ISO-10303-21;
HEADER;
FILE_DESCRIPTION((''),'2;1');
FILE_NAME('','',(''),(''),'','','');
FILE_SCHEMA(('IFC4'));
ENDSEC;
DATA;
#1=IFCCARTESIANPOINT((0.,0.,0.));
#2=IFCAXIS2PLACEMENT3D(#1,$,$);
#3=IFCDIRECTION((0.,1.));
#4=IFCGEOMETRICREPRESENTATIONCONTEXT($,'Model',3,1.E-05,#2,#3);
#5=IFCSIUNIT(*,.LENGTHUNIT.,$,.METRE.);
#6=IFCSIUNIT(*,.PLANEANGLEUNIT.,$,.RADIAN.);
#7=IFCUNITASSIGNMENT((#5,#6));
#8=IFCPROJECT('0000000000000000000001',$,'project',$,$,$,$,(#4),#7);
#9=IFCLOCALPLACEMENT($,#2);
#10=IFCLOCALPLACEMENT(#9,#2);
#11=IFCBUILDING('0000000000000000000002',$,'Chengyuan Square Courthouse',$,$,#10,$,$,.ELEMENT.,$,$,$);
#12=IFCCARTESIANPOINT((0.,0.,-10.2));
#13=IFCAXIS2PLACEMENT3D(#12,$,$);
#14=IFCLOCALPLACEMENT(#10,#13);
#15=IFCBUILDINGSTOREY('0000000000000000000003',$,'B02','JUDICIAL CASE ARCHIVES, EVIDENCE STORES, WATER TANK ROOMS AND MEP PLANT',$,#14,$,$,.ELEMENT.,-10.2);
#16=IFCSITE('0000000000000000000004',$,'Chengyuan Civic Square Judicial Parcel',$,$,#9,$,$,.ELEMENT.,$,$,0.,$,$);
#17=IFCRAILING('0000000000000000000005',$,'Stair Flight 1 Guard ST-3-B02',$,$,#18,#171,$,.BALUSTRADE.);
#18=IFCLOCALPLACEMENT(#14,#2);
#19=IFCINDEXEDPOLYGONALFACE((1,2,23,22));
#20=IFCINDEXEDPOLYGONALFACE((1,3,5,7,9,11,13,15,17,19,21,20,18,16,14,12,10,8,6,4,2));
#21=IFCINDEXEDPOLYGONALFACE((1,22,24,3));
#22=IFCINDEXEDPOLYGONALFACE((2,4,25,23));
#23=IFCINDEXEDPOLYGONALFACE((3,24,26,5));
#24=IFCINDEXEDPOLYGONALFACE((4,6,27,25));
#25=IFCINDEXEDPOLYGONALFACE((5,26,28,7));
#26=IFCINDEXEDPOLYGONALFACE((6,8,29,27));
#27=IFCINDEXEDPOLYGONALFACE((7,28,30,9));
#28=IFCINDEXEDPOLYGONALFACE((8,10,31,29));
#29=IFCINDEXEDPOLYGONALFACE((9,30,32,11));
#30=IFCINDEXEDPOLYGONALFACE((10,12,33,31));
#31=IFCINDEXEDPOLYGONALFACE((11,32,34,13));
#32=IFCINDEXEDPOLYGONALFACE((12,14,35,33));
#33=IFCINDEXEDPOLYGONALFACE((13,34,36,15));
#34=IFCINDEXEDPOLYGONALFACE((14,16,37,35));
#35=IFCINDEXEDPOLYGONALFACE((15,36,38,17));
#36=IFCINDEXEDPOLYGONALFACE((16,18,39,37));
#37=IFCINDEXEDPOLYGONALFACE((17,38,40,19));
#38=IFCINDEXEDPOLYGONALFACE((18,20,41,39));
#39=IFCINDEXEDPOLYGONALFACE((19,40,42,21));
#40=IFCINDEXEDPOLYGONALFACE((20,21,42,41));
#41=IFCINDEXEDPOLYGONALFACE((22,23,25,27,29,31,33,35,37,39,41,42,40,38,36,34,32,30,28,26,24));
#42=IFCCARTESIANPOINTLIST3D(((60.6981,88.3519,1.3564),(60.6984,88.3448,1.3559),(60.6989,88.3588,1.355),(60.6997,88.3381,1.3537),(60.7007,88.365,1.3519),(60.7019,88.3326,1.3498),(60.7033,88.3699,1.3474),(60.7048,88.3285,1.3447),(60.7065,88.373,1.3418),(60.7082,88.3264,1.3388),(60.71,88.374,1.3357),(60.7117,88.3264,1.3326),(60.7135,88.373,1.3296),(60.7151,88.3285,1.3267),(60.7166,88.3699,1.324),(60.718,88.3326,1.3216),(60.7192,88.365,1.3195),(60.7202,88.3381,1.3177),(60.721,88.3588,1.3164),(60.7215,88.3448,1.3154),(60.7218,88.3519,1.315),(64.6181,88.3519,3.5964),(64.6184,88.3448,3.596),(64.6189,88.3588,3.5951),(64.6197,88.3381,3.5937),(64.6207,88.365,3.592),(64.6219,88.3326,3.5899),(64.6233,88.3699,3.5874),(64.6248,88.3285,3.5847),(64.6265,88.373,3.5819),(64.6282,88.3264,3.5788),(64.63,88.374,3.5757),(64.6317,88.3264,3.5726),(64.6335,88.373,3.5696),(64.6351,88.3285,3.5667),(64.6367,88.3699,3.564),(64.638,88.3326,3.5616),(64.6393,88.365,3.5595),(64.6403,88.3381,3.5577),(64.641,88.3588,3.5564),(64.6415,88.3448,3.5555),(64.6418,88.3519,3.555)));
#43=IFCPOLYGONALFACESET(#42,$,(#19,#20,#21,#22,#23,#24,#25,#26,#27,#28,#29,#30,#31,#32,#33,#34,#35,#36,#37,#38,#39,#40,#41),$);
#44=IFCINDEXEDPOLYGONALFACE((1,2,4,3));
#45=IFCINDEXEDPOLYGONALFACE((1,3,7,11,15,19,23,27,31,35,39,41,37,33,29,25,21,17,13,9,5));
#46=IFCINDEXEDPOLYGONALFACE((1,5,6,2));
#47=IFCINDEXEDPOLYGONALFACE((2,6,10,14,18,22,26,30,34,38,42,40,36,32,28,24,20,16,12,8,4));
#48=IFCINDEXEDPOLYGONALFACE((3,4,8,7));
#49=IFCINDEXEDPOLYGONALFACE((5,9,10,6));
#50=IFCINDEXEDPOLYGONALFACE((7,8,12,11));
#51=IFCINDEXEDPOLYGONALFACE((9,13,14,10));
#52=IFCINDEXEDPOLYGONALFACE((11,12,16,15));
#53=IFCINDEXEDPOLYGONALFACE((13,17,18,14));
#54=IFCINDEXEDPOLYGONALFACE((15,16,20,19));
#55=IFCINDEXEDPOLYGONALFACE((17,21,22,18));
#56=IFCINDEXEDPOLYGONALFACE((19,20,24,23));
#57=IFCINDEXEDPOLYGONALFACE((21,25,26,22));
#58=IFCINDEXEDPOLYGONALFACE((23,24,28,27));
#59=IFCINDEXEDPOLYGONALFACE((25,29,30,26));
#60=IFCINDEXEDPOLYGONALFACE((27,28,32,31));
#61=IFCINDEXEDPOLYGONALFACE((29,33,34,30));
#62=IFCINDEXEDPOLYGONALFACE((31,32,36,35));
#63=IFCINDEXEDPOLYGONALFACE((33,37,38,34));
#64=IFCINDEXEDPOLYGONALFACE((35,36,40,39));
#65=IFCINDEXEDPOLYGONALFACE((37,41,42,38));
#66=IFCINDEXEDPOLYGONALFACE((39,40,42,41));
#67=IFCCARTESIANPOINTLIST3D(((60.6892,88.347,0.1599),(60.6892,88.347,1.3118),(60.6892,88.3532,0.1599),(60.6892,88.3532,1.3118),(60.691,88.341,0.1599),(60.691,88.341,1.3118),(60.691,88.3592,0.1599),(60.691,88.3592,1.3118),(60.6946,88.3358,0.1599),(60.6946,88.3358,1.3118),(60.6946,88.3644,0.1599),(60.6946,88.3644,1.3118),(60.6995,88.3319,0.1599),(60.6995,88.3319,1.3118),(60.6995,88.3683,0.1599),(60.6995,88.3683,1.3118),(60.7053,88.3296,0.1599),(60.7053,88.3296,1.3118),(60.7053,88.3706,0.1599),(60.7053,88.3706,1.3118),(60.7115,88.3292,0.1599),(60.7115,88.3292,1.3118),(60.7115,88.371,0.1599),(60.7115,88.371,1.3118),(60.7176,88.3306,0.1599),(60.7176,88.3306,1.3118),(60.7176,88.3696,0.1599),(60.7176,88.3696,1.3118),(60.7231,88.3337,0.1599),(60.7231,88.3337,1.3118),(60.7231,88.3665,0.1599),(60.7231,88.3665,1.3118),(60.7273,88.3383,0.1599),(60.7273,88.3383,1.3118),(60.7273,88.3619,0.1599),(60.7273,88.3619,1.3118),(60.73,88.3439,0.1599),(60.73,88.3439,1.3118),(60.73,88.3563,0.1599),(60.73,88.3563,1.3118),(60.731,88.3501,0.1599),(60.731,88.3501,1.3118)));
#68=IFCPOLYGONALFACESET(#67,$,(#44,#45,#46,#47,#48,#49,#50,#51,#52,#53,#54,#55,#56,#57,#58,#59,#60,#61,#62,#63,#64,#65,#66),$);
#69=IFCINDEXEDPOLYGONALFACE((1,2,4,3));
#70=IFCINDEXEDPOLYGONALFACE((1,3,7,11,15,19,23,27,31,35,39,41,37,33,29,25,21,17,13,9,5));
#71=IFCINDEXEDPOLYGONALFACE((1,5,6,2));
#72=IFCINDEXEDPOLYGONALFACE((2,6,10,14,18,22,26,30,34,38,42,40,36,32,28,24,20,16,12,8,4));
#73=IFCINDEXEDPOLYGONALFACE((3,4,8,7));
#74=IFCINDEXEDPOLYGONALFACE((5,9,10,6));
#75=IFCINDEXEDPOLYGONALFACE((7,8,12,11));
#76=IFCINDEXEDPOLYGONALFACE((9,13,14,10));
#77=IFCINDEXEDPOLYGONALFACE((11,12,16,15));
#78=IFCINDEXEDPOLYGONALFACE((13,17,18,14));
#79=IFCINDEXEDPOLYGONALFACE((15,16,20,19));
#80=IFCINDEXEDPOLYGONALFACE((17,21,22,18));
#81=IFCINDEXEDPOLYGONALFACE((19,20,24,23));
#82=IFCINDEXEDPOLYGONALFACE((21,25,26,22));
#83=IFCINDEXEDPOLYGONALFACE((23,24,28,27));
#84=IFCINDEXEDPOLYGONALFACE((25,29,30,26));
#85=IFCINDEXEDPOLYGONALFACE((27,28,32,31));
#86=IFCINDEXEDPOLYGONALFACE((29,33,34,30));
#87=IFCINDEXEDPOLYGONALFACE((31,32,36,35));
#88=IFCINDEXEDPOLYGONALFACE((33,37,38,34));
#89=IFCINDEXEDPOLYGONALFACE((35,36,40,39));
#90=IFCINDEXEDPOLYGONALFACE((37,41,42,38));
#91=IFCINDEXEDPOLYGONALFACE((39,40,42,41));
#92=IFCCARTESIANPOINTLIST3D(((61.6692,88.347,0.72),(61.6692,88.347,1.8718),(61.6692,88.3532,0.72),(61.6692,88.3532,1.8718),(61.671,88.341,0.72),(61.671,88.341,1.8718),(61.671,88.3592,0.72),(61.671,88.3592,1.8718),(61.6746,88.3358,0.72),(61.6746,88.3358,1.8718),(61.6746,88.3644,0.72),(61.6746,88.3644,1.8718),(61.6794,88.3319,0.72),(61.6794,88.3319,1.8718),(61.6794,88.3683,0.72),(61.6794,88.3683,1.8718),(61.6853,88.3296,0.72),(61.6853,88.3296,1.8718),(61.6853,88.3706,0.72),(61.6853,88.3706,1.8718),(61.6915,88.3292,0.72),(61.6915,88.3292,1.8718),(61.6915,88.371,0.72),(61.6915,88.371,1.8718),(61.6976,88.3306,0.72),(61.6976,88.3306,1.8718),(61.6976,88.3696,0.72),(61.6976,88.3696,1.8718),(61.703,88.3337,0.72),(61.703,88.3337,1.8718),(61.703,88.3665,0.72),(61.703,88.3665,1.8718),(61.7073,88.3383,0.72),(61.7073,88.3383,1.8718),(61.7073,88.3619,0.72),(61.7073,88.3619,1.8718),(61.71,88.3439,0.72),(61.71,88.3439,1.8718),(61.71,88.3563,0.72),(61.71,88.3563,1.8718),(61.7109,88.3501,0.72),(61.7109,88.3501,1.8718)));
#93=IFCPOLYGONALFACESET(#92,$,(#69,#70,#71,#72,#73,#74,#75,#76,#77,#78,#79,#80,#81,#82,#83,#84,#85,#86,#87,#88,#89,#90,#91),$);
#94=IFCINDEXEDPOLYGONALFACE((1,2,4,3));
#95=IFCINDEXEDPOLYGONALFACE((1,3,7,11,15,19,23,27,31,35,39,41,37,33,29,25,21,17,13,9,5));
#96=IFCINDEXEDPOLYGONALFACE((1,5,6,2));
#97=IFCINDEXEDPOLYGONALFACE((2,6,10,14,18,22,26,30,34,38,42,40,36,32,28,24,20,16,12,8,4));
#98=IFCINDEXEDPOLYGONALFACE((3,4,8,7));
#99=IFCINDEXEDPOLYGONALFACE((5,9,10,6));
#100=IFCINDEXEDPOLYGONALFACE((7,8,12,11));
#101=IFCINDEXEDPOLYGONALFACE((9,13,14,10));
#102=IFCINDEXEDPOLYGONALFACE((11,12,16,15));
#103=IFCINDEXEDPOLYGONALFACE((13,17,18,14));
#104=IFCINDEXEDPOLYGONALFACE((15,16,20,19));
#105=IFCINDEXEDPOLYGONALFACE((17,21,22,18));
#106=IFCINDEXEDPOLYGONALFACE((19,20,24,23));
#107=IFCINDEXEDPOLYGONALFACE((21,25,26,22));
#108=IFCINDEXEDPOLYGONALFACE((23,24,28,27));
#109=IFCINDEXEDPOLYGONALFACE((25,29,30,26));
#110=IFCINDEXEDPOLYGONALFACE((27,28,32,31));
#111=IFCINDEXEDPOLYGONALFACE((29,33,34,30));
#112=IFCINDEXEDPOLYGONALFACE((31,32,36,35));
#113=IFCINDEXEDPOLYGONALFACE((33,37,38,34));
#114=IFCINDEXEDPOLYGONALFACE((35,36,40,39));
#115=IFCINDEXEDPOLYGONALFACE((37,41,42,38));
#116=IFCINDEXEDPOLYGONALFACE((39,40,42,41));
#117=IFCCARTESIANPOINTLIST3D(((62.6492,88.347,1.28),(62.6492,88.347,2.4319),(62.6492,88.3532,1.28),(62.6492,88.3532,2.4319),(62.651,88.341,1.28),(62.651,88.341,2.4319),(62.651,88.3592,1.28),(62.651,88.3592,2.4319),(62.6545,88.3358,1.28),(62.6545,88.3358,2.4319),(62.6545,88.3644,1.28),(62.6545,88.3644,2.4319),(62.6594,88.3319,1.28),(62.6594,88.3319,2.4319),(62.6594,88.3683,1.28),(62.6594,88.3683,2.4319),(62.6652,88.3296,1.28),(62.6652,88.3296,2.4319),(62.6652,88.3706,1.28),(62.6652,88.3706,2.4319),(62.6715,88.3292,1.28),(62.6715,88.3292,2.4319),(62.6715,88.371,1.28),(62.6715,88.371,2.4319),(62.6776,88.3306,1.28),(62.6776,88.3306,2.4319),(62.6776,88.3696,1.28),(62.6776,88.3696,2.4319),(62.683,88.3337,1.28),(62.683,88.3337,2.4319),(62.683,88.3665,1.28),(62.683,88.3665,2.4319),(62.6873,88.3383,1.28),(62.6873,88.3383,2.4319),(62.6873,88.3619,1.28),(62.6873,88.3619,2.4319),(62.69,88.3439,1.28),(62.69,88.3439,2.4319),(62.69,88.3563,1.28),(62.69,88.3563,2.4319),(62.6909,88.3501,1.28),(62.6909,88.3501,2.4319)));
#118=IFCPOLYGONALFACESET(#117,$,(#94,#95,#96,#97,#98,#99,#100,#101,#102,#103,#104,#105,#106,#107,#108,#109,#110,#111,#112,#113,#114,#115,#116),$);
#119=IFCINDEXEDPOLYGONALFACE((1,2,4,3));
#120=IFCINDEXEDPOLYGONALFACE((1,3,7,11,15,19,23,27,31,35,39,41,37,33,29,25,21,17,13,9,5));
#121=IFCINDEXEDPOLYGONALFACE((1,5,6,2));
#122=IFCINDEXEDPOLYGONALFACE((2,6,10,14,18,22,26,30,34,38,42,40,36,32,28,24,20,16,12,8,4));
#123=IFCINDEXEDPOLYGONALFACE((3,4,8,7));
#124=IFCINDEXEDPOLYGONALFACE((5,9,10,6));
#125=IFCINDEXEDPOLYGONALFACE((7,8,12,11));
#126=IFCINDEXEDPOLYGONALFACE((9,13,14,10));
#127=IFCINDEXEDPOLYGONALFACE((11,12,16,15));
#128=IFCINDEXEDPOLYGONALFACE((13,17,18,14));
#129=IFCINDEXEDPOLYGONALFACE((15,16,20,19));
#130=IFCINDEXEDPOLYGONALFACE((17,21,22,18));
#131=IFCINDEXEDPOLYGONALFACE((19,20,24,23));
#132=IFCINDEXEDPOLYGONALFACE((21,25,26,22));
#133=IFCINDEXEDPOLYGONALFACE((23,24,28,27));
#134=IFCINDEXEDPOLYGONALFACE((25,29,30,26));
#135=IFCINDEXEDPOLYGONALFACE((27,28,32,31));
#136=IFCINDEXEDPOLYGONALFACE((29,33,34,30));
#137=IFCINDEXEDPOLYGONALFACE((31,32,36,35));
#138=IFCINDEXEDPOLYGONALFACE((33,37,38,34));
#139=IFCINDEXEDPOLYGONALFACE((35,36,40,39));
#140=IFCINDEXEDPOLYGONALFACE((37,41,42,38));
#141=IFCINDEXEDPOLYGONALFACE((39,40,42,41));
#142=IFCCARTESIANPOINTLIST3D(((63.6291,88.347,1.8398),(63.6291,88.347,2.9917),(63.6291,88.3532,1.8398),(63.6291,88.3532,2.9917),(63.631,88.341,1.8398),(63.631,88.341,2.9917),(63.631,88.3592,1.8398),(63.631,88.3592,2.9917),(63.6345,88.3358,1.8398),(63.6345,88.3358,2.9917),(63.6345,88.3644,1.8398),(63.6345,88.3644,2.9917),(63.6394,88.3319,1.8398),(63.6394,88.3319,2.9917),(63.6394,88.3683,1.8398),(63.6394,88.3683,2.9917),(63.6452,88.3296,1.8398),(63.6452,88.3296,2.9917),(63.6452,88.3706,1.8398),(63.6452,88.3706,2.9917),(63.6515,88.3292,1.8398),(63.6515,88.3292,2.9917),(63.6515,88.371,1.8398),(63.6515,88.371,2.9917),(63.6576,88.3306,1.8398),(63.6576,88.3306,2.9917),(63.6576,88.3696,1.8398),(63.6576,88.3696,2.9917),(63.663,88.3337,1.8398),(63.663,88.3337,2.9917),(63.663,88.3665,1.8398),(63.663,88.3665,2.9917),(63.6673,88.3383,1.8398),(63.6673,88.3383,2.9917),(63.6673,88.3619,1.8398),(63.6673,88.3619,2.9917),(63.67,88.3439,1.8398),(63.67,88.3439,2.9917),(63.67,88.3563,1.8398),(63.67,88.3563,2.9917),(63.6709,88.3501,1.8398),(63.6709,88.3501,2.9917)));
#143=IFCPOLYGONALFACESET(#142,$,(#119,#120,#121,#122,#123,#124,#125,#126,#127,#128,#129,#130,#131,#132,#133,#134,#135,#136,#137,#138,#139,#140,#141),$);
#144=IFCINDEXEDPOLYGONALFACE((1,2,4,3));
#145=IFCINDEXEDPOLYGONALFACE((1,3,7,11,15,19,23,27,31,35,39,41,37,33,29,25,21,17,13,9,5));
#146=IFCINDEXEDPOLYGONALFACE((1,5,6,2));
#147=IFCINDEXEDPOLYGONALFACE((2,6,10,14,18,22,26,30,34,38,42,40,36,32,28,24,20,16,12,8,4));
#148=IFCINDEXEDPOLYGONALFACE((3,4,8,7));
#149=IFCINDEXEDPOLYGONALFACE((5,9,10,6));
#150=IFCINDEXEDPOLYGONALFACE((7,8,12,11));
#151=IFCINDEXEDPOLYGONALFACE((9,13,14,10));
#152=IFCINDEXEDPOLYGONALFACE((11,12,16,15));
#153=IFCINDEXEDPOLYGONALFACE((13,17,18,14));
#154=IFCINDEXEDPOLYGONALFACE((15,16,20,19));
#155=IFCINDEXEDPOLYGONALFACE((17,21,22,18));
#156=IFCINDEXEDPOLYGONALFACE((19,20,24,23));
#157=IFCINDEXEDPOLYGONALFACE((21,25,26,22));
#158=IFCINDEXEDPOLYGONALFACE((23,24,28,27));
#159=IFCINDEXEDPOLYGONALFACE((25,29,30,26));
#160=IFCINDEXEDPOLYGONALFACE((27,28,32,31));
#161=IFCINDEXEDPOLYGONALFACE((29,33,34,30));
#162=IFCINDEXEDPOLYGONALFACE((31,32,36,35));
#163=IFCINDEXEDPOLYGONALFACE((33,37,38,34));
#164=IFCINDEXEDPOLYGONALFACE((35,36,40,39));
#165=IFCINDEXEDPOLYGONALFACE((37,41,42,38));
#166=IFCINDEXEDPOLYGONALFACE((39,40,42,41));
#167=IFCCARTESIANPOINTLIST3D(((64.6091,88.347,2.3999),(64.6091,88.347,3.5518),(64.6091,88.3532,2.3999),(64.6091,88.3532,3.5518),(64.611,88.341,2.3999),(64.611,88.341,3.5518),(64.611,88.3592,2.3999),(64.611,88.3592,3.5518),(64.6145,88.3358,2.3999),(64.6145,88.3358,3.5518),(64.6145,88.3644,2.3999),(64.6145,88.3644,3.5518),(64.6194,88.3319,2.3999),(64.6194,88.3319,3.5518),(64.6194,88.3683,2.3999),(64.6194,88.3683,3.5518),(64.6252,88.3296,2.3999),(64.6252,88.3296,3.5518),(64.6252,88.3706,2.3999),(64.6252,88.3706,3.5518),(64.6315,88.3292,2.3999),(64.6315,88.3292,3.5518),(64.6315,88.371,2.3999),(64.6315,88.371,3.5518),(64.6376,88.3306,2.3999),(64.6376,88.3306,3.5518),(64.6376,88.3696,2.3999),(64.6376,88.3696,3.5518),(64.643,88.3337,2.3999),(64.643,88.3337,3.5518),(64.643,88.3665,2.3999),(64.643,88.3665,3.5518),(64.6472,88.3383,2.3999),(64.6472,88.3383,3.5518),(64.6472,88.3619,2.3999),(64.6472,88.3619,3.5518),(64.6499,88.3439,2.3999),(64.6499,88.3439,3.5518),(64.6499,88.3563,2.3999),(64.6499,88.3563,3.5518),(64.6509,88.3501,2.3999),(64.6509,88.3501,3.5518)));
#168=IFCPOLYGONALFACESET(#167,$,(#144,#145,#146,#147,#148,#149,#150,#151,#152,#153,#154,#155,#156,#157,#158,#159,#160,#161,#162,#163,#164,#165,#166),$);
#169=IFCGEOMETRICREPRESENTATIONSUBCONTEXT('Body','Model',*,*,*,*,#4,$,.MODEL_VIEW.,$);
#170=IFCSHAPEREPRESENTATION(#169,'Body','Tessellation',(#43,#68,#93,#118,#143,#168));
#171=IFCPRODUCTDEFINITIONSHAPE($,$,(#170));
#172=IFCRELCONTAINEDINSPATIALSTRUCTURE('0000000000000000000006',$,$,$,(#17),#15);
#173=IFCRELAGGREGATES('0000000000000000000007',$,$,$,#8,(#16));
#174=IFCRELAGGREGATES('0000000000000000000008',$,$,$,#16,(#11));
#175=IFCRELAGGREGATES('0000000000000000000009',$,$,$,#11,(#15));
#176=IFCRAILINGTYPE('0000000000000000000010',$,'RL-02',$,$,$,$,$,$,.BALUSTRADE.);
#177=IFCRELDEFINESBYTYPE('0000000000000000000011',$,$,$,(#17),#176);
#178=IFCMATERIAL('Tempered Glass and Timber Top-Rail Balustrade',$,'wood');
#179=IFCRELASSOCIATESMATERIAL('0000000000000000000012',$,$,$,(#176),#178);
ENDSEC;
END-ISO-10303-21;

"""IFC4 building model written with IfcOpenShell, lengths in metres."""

from ifc_helpers import new_model, si_unit, direction, frame, origin, origin_2d, place, context, subcontext, project, spatial, circle, extrude, material, type_object, element, save


model = new_model("IFC4")

# Units and contexts
model_context = context("Model", 3, precision=1e-05, world=origin(), true_north=direction((0.0, 1.0)))
body_context = subcontext(model_context, "Body", "Model", "MODEL_VIEW")
ifc_project = project(units=[si_unit("LENGTHUNIT", "METRE"), si_unit("PLANEANGLEUNIT", "RADIAN")], contexts=[model_context])

# Site, building, storey
site_placement = place(None, origin())
site = spatial("IfcSite", under=ifc_project, at=site_placement, Name="Chengyuan Civic Square Judicial Parcel", CompositionType="ELEMENT", RefElevation=0.0)
building_placement = place(site_placement, origin())
building = spatial("IfcBuilding", under=site, at=building_placement, Name="Chengyuan Square Courthouse", CompositionType="ELEMENT")
storey_placement = place(building_placement, frame((0.0, 0.0, -10.2)))
storey = spatial("IfcBuildingStorey", under=building, at=storey_placement, Name="B02", Description="JUDICIAL CASE ARCHIVES, EVIDENCE STORES, WATER TANK ROOMS AND MEP PLANT", CompositionType="ELEMENT", Elevation=-10.2)

# Railing
ifc_material_1 = material(Name="Tempered Glass and Timber Top-Rail Balustrade", Category="wood")
railing_type_1 = type_object("IfcRailingType", Name="RL-02", PredefinedType="BALUSTRADE", material=ifc_material_1)
railing_1_placement = place(storey_placement, frame((60.71, 88.3501, 0.1599)))
element("IfcRailing", 1, at=railing_1_placement, inside=storey, type_object=railing_type_1, Name="Stair Flight 1 Guard ST-3-B02", PredefinedType="BALUSTRADE", context=body_context, shape_type="SweptSolid", body=[
    extrude(circle(Radius=0.0239, at=origin_2d()), frame((0.0, 0.0, 1.1758), z_axis=(0.86824, 0.0, 0.496145), x_axis=(0.0, 1.0, 0.0)), (0.0, 0.0, 1.0), 4.5149),
    extrude(circle(Radius=0.021, at=origin_2d()), origin(), (0.0, 0.0, 1.0), 1.1519),
    extrude(circle(Radius=0.021, at=origin_2d()), frame((0.98, 0.0, 0.5601)), (0.0, 0.0, 1.0), 1.1519),
    extrude(circle(Radius=0.021, at=origin_2d()), frame((1.96, 0.0, 1.1201)), (0.0, 0.0, 1.0), 1.1519),
    extrude(circle(Radius=0.021, at=origin_2d()), frame((2.9399, 0.0, 1.6799)), (0.0, 0.0, 1.0), 1.1519),
    extrude(circle(Radius=0.021, at=origin_2d()), frame((3.9199, 0.0, 2.24)), (0.0, 0.0, 1.0), 1.1519),
])

save(model, "model.ifc")
